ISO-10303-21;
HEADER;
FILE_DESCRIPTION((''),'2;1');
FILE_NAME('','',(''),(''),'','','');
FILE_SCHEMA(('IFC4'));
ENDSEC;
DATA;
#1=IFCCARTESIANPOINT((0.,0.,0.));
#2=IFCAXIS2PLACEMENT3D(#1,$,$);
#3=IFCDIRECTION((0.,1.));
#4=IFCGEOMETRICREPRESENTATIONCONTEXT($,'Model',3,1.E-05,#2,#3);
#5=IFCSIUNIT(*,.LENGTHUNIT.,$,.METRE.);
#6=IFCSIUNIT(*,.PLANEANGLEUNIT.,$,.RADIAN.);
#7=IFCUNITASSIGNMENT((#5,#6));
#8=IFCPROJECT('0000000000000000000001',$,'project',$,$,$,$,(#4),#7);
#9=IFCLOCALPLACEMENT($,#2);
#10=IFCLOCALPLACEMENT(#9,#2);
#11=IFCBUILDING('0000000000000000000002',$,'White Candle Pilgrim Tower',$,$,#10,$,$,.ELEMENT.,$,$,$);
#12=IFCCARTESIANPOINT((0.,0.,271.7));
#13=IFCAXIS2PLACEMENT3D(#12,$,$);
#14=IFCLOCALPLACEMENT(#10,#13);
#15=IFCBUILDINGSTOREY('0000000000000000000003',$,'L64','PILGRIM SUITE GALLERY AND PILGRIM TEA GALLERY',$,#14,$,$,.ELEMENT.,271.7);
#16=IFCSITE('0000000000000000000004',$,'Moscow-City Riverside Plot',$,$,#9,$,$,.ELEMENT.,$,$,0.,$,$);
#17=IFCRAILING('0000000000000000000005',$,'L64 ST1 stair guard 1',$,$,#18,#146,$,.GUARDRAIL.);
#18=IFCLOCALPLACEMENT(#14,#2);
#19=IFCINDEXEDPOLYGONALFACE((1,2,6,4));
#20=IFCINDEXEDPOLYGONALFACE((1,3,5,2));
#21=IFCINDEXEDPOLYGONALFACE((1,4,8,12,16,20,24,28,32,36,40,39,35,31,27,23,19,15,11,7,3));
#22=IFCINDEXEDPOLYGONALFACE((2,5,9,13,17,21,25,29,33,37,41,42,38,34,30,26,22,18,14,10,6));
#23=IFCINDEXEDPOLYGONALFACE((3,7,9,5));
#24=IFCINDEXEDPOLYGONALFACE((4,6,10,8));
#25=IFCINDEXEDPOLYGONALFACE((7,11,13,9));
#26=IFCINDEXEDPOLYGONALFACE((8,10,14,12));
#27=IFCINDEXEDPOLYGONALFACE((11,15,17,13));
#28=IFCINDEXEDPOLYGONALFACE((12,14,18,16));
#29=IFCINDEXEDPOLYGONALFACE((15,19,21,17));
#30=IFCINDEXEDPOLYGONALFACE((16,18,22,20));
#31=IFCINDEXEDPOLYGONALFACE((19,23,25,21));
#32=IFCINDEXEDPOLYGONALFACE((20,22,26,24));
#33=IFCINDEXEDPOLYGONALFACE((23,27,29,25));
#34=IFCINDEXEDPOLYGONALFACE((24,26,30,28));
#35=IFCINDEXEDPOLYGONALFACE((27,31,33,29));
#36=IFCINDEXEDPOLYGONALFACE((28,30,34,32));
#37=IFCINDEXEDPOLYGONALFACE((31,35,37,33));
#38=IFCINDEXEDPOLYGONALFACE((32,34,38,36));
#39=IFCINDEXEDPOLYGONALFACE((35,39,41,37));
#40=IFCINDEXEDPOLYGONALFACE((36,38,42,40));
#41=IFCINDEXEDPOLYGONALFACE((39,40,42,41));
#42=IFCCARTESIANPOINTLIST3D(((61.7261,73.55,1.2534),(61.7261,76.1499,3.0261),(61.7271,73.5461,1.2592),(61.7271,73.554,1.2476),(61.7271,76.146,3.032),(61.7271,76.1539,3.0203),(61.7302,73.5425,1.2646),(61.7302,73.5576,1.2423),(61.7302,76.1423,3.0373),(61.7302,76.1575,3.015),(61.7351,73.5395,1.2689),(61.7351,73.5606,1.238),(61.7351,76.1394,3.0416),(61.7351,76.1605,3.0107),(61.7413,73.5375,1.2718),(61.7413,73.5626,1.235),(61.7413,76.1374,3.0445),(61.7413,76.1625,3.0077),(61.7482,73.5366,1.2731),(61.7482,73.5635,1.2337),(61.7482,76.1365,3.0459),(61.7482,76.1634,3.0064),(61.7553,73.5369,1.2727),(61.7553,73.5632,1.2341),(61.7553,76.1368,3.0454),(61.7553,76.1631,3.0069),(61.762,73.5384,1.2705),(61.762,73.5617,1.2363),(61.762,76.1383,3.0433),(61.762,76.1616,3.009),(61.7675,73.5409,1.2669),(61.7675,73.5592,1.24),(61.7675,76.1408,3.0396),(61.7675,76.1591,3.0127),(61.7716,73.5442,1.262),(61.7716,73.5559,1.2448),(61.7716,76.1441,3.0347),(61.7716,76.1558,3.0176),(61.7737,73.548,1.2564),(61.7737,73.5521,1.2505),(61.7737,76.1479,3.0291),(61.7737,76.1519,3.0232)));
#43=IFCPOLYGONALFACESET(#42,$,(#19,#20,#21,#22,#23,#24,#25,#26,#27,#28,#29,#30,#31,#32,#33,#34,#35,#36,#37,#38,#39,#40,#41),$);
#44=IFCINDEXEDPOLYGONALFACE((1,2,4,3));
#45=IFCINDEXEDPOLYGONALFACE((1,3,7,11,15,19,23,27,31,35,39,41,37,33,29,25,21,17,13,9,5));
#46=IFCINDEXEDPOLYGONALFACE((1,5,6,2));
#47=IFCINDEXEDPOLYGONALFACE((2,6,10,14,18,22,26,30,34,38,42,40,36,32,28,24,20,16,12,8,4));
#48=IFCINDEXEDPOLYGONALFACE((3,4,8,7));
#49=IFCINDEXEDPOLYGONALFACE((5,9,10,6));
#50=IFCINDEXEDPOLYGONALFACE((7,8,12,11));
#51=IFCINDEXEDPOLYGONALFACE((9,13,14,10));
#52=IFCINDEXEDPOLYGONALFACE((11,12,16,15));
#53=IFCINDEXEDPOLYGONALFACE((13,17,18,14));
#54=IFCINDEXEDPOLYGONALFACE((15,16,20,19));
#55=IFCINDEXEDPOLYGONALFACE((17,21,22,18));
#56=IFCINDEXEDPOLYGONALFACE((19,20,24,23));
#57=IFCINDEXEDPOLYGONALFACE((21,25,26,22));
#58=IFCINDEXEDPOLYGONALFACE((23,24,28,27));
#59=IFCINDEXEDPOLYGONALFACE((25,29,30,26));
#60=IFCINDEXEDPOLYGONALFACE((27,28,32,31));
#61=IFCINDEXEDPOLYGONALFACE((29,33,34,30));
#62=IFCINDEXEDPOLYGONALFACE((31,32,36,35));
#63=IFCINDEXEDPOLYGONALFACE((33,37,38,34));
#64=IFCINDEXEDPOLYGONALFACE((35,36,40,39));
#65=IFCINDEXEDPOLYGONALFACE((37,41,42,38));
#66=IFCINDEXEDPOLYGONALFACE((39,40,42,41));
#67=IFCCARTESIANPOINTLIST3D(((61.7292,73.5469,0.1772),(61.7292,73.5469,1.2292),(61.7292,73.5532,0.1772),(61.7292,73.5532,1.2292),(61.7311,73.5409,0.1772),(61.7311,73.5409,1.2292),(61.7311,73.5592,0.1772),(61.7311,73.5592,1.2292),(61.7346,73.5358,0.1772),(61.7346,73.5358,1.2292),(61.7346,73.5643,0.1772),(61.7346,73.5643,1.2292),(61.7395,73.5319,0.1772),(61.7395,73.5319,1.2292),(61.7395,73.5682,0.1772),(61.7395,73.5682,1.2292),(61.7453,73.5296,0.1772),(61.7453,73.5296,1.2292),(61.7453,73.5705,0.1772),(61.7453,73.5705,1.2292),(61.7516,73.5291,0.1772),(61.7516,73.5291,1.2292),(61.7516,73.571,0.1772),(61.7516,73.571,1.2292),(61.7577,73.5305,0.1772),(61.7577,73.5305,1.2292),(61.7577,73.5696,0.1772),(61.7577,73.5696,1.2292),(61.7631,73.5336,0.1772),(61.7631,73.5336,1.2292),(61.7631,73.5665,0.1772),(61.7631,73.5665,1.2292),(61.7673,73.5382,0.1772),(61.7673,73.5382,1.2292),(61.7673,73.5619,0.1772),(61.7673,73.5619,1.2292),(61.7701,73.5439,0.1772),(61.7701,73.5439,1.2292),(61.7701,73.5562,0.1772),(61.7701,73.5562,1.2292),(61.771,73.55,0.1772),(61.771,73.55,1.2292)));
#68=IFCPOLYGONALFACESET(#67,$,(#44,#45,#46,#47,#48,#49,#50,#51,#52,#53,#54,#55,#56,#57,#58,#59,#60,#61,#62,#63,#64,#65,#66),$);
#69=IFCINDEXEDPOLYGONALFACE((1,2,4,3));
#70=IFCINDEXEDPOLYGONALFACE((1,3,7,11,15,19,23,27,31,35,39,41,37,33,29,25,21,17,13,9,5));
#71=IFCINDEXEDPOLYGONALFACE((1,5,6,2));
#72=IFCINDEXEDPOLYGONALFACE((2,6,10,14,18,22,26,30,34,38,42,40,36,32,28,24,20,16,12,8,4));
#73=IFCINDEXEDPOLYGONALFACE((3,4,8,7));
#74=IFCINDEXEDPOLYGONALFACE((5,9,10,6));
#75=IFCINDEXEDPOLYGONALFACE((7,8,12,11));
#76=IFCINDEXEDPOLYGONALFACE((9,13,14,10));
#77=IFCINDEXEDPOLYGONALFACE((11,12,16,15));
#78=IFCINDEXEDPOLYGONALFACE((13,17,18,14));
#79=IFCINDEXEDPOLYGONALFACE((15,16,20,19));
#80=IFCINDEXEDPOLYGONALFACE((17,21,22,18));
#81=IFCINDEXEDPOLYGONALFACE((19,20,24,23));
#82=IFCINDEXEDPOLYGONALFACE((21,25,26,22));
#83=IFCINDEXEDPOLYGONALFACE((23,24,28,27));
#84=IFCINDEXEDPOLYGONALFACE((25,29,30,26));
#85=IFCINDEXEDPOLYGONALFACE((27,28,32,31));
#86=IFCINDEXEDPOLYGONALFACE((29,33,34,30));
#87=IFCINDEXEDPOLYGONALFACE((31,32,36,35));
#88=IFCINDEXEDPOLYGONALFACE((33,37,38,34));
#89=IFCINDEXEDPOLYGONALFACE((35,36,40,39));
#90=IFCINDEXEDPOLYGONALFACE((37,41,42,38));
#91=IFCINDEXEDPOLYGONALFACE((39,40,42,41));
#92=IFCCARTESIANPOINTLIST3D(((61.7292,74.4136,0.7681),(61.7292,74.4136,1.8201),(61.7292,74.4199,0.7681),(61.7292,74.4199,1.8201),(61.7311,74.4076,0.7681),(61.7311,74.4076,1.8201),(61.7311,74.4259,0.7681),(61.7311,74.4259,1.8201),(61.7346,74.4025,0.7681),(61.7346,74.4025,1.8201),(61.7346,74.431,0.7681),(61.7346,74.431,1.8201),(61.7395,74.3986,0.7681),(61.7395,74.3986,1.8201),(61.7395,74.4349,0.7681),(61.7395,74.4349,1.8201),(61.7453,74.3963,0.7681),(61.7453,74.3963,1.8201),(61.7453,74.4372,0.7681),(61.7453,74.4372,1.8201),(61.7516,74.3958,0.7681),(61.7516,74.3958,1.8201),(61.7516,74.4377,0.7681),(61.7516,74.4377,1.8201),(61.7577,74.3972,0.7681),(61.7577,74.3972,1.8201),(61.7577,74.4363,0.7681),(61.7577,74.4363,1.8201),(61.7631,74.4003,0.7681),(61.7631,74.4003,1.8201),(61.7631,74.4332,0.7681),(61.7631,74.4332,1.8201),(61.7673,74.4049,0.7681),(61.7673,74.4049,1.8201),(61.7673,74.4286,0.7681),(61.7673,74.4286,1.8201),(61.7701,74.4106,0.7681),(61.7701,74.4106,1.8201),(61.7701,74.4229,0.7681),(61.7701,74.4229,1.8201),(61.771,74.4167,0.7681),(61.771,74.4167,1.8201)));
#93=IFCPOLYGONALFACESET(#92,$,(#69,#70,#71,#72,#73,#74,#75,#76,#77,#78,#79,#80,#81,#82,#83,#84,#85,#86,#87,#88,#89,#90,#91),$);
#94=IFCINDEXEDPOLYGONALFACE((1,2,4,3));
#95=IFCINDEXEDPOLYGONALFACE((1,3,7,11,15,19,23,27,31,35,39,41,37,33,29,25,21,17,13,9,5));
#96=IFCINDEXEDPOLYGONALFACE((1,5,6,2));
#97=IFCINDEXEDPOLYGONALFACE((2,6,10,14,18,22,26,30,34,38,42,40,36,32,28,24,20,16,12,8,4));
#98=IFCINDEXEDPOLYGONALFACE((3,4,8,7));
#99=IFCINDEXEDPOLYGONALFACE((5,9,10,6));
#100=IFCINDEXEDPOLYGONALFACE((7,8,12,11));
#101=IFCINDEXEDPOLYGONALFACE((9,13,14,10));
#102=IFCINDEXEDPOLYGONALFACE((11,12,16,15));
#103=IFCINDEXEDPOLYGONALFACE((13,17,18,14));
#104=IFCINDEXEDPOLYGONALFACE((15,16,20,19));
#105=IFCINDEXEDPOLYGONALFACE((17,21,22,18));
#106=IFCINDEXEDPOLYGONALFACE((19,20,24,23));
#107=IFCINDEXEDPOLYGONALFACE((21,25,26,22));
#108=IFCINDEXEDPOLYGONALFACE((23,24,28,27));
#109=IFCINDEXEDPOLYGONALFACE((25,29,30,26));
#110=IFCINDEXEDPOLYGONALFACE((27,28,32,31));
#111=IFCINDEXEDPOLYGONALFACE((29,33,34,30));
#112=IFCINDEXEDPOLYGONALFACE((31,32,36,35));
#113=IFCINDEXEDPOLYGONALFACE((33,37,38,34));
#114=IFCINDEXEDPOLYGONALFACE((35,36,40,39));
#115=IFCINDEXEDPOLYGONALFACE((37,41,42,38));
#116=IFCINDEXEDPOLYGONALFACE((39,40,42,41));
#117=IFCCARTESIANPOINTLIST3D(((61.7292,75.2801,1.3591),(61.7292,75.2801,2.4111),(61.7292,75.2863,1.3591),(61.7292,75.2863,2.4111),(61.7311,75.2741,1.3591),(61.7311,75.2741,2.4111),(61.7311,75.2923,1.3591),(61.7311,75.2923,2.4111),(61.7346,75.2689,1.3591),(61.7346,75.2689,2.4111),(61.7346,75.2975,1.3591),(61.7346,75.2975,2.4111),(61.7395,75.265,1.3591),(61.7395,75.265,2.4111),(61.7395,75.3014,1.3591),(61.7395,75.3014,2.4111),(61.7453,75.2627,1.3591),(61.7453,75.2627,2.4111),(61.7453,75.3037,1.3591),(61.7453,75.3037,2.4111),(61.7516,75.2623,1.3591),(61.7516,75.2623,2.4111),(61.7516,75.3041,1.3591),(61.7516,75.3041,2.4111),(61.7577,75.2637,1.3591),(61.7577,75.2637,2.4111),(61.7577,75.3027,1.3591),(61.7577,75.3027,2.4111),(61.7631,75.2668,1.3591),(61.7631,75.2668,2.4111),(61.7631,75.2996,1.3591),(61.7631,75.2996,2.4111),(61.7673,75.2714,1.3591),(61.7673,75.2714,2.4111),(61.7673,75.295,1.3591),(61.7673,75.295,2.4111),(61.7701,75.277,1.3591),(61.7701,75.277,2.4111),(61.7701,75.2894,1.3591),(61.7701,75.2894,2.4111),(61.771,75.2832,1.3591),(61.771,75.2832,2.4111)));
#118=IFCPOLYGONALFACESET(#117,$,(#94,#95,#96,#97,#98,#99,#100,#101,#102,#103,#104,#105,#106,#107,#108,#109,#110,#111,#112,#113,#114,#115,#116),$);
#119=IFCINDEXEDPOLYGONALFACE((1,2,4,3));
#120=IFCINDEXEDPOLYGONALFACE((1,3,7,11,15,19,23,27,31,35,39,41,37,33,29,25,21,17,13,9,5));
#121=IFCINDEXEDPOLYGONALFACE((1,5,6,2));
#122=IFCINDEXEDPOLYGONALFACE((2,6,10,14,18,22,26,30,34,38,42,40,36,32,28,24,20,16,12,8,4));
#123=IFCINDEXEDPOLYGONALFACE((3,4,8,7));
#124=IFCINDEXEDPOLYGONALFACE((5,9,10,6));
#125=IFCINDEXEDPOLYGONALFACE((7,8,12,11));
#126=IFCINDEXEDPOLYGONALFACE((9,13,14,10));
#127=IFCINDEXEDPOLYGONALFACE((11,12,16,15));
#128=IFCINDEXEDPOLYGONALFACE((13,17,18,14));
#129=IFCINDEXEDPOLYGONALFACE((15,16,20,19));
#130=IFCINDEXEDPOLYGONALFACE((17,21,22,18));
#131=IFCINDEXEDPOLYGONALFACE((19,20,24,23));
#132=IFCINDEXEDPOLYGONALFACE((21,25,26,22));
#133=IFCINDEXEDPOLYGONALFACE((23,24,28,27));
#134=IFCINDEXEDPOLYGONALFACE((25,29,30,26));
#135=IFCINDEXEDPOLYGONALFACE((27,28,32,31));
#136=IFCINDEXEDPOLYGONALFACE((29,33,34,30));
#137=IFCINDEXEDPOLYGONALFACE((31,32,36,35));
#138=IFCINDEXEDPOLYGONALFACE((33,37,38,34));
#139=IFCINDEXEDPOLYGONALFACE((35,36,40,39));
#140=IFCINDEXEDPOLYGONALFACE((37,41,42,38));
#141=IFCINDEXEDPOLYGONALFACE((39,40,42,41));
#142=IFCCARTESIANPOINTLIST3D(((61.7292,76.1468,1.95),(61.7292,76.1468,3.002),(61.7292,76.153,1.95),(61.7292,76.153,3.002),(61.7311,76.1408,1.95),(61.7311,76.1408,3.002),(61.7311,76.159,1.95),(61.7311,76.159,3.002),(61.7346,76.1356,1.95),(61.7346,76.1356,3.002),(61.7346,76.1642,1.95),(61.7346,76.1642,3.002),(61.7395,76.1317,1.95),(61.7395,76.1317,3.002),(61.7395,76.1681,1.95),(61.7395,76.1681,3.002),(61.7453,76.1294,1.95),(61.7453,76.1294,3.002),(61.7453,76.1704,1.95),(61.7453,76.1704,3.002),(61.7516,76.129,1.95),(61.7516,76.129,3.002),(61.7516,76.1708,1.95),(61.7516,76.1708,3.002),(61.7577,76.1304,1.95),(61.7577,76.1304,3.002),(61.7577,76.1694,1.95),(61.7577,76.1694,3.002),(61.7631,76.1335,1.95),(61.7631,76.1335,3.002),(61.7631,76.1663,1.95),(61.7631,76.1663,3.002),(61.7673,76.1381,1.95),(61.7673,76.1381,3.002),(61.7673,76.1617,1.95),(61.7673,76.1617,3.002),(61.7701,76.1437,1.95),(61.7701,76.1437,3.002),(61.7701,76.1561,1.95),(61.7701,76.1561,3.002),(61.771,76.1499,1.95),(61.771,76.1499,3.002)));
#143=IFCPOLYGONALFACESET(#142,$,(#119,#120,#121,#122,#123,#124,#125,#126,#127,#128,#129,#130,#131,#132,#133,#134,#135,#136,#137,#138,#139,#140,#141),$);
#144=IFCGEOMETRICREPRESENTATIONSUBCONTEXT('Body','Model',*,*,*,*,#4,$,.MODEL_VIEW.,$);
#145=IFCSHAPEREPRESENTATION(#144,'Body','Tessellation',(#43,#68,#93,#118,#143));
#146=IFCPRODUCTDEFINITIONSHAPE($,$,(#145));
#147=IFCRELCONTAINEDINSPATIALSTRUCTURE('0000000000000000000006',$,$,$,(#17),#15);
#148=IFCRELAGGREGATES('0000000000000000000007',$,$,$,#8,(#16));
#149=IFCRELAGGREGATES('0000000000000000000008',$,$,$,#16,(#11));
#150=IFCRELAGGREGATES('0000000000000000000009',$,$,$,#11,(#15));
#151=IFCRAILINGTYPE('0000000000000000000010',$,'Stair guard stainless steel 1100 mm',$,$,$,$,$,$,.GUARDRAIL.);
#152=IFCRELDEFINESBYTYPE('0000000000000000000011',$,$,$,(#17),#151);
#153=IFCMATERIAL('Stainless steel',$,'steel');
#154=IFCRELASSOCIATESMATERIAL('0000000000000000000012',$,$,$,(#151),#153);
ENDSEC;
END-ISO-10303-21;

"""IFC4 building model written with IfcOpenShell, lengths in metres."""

from ifc_helpers import new_model, si_unit, direction, frame, origin, origin_2d, place, context, subcontext, project, spatial, circle, extrude, material, type_object, element, save


model = new_model("IFC4")

# Units and contexts
model_context = context("Model", 3, precision=1e-05, world=origin(), true_north=direction((0.0, 1.0)))
body_context = subcontext(model_context, "Body", "Model", "MODEL_VIEW")
ifc_project = project(units=[si_unit("LENGTHUNIT", "METRE"), si_unit("PLANEANGLEUNIT", "RADIAN")], contexts=[model_context])

# Site, building, storey
site_placement = place(None, origin())
site = spatial("IfcSite", under=ifc_project, at=site_placement, Name="Moscow-City Riverside Plot", CompositionType="ELEMENT", RefElevation=0.0)
building_placement = place(site_placement, origin())
building = spatial("IfcBuilding", under=site, at=building_placement, Name="White Candle Pilgrim Tower", CompositionType="ELEMENT")
storey_placement = place(building_placement, frame((0.0, 0.0, 271.7)))
storey = spatial("IfcBuildingStorey", under=building, at=storey_placement, Name="L64", Description="PILGRIM SUITE GALLERY AND PILGRIM TEA GALLERY", CompositionType="ELEMENT", Elevation=271.7)

# Railing
ifc_material_1 = material(Name="Stainless steel", Category="steel")
railing_type_1 = type_object("IfcRailingType", Name="Stair guard stainless steel 1100 mm", PredefinedType="GUARDRAIL", material=ifc_material_1)
railing_1_placement = place(storey_placement, frame((61.75, 73.55, 0.1772)))
element("IfcRailing", 1, at=railing_1_placement, inside=storey, type_object=railing_type_1, Name="L64 ST1 stair guard 1", PredefinedType="GUARDRAIL", context=body_context, shape_type="SweptSolid", body=[
    extrude(circle(Radius=0.0239, at=origin_2d()), frame((0.0, 0.0, 1.0762), z_axis=(0.0, 0.826216, 0.563354), x_axis=(-1.0, 0.0, 0.0)), (0.0, 0.0, 1.0), 3.1467),
    extrude(circle(Radius=0.021, at=origin_2d()), origin(), (0.0, 0.0, 1.0), 1.052),
    extrude(circle(Radius=0.021, at=origin_2d()), frame((0.0, 0.8667, 0.5908)), (0.0, 0.0, 1.0), 1.052),
    extrude(circle(Radius=0.021, at=origin_2d()), frame((0.0, 1.7332, 1.1819)), (0.0, 0.0, 1.0), 1.052),
    extrude(circle(Radius=0.021, at=origin_2d()), frame((0.0, 2.5999, 1.7727)), (0.0, 0.0, 1.0), 1.052),
])

save(model, "model.ifc")
